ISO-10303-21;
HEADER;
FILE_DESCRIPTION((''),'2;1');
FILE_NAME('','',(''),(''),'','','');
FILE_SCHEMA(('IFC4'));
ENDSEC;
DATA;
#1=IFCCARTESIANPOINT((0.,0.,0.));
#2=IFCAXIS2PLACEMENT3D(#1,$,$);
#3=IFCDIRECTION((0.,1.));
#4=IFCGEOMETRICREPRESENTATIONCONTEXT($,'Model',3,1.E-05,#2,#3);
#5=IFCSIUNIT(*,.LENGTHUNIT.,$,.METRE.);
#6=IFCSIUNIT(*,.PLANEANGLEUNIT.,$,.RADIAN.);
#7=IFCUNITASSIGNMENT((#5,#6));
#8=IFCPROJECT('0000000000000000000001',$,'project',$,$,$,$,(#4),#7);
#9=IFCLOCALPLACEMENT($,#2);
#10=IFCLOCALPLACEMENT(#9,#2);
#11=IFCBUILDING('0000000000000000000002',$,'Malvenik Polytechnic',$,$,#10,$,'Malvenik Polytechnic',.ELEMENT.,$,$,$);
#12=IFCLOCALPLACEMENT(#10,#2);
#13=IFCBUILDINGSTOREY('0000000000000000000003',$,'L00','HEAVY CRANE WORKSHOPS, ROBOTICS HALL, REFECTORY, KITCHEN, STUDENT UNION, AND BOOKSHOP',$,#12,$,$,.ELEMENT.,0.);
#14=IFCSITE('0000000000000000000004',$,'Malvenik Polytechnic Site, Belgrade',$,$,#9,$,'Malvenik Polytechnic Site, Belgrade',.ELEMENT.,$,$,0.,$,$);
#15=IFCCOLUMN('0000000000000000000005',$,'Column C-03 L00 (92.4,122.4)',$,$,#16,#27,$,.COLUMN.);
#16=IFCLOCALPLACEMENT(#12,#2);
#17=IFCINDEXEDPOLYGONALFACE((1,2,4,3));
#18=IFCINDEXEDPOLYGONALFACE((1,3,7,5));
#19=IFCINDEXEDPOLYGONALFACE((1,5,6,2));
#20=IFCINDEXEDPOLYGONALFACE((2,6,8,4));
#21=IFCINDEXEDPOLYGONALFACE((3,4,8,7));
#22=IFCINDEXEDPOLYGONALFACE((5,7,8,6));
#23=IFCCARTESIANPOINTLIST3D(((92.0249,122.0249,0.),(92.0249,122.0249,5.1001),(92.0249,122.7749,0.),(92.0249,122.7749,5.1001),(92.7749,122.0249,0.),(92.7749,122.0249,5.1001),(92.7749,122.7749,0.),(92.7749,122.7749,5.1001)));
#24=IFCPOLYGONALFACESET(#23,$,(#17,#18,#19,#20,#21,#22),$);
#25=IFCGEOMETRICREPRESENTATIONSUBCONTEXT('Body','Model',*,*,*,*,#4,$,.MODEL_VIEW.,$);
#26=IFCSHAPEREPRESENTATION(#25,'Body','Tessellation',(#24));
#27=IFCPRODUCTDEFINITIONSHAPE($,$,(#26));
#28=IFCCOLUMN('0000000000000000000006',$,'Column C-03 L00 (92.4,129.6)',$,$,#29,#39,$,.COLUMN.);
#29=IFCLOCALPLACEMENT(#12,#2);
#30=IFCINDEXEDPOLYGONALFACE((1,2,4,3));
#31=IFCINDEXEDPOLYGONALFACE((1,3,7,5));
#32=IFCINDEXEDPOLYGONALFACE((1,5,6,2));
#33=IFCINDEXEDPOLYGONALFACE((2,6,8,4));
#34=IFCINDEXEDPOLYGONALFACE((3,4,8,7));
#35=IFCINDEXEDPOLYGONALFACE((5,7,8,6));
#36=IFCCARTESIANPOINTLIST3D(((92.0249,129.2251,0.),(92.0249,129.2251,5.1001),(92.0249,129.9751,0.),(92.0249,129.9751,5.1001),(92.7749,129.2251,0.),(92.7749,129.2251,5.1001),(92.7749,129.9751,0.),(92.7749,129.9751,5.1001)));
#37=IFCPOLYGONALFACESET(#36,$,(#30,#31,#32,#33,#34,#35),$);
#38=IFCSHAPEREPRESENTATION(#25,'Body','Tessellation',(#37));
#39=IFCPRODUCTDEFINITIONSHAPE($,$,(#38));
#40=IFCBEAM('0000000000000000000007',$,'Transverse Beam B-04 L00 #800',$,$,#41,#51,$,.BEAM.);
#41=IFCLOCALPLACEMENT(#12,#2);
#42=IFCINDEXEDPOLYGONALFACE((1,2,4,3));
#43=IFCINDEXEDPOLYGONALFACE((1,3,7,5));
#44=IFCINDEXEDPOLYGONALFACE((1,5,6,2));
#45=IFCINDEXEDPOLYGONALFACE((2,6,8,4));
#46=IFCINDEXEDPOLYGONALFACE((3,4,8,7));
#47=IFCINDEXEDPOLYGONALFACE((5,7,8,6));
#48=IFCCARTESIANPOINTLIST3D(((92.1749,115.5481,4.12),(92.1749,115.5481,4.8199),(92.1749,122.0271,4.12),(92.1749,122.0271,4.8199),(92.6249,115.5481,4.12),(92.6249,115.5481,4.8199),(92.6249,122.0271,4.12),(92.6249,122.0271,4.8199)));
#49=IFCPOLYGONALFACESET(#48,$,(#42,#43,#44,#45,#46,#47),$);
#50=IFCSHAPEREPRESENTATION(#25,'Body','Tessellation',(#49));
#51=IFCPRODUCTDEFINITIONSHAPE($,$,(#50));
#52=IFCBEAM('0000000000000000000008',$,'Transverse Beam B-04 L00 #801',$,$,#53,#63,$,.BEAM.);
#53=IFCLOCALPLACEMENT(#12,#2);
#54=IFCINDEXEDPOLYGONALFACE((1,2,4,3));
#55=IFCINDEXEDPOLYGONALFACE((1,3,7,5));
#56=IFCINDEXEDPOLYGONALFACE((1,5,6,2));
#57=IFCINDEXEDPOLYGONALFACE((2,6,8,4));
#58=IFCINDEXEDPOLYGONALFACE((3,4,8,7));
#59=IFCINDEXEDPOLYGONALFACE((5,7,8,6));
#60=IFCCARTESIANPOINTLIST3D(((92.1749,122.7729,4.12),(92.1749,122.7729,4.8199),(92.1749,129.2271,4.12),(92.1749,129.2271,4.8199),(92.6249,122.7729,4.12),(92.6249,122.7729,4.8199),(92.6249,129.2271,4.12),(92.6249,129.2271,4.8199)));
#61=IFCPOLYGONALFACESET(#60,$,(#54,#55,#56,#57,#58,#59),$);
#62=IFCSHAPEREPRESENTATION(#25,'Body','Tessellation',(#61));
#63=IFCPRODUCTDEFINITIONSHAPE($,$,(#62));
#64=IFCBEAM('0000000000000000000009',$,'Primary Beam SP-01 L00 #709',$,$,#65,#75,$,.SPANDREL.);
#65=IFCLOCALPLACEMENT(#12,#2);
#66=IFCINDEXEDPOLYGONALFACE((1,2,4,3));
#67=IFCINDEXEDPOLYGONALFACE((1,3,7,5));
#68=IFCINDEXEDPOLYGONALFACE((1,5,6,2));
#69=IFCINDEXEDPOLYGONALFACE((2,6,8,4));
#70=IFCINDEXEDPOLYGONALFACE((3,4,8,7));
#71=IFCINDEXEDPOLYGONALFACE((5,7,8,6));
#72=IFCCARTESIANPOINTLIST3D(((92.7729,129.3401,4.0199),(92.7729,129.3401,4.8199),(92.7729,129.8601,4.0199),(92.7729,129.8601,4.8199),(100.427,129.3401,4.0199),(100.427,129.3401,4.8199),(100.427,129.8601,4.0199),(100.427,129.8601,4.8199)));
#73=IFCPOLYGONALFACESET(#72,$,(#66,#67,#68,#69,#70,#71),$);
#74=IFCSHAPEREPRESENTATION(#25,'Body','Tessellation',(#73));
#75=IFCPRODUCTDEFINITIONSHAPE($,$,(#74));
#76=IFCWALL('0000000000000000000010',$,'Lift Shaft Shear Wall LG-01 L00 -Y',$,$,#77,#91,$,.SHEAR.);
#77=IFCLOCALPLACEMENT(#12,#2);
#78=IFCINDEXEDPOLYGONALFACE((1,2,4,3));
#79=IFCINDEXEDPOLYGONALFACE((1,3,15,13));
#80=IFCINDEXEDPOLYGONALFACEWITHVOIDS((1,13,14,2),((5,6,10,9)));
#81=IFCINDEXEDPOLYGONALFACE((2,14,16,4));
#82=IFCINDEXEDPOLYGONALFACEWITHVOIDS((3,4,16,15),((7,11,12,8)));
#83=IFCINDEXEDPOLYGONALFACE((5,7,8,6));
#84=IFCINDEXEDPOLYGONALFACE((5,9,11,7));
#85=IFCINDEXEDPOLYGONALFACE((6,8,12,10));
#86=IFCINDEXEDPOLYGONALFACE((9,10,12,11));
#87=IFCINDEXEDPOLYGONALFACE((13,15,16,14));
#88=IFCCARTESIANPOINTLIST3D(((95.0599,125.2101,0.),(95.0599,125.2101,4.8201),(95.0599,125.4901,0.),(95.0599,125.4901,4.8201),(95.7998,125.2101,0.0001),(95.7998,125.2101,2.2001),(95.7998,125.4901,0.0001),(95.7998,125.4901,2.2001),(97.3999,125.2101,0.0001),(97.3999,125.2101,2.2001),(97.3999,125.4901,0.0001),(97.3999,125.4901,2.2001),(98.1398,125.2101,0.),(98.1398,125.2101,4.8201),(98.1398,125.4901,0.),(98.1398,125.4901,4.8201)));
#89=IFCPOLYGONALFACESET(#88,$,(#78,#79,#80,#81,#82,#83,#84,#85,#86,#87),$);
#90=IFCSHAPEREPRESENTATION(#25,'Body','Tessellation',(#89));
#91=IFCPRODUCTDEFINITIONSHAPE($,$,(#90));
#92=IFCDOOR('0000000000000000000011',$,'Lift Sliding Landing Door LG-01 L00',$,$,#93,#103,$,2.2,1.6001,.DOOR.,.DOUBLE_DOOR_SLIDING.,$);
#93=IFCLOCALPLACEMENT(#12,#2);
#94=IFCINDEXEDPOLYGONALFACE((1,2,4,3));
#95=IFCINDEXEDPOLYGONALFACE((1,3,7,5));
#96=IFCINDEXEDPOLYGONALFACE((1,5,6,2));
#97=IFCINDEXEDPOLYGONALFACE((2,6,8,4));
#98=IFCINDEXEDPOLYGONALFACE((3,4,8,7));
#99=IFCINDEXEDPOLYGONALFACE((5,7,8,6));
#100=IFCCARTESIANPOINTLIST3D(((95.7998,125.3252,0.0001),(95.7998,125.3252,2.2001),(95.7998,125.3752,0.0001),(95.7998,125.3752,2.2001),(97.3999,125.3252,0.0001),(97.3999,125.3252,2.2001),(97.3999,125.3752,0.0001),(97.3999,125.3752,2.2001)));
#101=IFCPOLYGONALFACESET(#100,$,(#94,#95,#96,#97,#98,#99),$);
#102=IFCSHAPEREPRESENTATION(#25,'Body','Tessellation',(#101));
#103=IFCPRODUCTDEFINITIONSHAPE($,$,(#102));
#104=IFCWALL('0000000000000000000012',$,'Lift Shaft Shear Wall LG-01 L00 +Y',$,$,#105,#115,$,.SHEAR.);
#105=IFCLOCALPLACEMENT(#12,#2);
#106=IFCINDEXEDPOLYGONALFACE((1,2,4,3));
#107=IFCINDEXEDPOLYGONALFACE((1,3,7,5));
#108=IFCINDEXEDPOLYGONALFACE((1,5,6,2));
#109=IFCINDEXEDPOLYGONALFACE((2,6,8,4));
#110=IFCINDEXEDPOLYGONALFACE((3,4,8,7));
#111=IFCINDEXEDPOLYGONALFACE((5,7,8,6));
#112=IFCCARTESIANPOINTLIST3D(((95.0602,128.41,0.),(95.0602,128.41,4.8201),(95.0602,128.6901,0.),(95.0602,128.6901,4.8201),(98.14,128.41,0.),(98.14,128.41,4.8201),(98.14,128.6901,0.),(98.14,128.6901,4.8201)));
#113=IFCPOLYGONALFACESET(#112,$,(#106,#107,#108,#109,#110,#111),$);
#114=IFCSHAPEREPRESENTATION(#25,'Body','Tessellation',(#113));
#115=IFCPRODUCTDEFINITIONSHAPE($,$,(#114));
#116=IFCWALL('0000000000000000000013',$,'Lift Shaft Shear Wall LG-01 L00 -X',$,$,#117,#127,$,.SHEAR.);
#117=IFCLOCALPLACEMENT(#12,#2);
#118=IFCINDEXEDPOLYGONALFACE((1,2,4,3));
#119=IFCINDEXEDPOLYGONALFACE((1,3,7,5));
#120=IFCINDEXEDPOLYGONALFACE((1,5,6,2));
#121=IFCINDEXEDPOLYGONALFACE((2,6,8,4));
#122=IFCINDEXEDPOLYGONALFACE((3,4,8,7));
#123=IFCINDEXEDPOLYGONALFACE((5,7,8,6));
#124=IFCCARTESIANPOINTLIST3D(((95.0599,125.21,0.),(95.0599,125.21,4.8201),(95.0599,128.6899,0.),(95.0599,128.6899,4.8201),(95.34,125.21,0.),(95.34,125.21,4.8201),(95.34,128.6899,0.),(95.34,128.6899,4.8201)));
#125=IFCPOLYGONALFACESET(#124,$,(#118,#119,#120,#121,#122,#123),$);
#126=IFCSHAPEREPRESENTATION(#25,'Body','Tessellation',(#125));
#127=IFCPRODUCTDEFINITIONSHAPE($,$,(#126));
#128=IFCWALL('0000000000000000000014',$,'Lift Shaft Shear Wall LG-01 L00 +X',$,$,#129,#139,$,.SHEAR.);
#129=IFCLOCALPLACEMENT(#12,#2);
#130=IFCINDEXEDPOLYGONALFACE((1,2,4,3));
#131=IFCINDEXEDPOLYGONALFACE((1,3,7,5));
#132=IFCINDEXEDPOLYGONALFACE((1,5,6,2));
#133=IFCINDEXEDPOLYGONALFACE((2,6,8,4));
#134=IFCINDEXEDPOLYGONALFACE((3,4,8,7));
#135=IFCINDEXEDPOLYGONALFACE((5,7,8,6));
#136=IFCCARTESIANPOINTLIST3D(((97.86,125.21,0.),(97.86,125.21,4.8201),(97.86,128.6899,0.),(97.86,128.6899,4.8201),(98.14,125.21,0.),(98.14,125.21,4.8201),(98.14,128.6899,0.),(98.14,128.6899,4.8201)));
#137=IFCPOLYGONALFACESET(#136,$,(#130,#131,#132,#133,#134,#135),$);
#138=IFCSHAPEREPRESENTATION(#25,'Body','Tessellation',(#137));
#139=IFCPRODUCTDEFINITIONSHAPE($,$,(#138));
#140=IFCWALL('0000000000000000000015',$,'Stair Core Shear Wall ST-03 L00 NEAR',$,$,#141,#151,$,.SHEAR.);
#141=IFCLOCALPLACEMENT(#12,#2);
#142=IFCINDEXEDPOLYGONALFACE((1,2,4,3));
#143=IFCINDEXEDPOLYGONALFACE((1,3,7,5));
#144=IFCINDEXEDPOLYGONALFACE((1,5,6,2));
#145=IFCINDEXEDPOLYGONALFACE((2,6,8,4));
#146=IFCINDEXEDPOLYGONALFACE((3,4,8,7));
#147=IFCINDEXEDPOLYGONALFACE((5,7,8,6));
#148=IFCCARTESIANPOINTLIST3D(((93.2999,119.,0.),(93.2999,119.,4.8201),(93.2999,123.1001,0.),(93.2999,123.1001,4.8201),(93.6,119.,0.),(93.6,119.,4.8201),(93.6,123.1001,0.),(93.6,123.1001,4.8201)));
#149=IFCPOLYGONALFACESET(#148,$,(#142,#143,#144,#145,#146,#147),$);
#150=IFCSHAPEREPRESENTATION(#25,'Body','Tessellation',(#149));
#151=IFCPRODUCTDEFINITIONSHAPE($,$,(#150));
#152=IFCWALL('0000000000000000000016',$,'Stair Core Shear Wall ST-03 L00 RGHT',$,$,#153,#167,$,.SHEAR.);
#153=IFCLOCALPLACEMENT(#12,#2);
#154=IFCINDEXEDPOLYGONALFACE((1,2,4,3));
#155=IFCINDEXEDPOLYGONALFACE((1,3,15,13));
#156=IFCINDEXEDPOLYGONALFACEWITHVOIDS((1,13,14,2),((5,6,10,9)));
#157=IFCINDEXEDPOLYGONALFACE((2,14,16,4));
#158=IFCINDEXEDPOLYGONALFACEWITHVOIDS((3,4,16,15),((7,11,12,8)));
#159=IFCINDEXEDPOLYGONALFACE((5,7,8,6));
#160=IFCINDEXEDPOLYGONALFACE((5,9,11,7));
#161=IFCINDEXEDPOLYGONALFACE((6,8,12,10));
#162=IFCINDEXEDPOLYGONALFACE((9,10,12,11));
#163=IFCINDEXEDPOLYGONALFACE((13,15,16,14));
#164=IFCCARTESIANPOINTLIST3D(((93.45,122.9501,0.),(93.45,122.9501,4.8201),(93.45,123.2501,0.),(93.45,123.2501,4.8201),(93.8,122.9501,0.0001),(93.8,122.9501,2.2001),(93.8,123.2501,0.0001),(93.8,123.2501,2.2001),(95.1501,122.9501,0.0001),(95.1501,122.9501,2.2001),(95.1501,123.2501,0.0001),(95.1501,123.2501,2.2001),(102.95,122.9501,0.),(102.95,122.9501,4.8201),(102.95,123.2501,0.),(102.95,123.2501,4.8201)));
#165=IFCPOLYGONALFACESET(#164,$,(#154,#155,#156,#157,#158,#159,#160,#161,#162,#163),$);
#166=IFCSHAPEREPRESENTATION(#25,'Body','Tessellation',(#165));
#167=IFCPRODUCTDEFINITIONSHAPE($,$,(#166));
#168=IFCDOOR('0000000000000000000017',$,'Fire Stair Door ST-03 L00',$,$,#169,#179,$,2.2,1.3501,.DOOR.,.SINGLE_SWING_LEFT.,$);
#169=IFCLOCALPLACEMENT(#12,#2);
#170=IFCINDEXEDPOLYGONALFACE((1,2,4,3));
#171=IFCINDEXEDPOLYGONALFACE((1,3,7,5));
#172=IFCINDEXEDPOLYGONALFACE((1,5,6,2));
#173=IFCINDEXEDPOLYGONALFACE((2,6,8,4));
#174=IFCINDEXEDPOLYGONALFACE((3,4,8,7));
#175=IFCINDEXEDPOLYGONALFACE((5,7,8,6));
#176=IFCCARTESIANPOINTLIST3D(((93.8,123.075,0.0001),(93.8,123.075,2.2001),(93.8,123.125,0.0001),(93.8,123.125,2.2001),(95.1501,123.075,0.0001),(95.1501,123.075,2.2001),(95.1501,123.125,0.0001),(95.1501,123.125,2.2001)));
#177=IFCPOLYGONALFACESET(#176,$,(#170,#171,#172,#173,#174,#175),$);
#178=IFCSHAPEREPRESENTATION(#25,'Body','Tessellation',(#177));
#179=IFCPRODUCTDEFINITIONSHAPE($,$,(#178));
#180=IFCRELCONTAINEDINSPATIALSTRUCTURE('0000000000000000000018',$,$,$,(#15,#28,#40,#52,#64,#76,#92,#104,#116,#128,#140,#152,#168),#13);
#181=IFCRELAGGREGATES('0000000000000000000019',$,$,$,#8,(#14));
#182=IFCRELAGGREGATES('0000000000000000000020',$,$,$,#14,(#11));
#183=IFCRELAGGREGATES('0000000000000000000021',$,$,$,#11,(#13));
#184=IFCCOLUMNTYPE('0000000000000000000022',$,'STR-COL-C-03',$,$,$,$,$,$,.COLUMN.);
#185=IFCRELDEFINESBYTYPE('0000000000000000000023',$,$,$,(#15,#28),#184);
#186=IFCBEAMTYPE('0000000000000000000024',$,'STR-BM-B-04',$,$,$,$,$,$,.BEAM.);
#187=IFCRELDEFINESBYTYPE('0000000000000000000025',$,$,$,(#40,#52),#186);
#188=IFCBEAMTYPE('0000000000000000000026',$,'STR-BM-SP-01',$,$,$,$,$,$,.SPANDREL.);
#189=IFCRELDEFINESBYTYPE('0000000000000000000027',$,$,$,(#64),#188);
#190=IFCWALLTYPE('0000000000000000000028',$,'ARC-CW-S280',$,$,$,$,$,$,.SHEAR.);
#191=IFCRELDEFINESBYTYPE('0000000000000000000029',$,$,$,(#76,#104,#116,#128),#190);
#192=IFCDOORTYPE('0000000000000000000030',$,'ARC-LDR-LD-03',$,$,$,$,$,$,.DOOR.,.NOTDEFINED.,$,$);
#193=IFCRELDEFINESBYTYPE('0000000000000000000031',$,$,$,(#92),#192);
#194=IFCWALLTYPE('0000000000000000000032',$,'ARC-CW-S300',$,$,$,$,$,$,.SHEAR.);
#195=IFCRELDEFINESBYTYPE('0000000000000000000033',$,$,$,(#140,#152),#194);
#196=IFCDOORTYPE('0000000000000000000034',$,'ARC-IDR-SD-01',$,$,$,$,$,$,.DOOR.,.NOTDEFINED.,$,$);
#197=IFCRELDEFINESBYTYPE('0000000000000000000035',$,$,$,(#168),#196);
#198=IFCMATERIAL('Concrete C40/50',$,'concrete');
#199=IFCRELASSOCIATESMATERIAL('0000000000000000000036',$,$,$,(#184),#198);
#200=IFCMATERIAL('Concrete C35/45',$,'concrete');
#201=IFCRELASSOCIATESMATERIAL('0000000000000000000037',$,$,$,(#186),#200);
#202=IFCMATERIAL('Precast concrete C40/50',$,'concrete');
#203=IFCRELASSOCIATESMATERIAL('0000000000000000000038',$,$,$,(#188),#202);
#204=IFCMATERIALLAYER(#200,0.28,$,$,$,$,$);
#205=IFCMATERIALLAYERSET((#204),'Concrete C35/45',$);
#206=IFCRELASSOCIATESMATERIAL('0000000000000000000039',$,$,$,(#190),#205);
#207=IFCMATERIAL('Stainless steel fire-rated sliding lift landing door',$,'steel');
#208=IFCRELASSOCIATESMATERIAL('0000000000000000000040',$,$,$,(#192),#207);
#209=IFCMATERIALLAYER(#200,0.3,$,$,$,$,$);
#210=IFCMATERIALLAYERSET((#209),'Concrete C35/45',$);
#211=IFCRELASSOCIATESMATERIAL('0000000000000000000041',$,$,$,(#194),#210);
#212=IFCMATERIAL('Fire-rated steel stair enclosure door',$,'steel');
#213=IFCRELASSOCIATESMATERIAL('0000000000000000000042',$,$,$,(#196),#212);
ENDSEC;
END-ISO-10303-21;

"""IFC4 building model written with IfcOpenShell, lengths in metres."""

from ifc_helpers import new_model, si_unit, direction, frame, frame_2d, origin, origin_2d, place, context, subcontext, project, spatial, rectangle, extrude, material, layer, layer_set, material_profile, profile_set, type_object, element, fill, save


model = new_model("IFC4")

# Units and contexts
model_context = context("Model", 3, precision=1e-05, world=origin(), true_north=direction((0.0, 1.0)))
body_context = subcontext(model_context, "Body", "Model", "MODEL_VIEW")
ifc_project = project(units=[si_unit("LENGTHUNIT", "METRE"), si_unit("PLANEANGLEUNIT", "RADIAN")], contexts=[model_context])

# Site, building, storey
site_placement = place(None, origin())
site = spatial("IfcSite", under=ifc_project, at=site_placement, Name="Malvenik Polytechnic Site, Belgrade", LongName="Malvenik Polytechnic Site, Belgrade", CompositionType="ELEMENT", RefElevation=0.0)
building_placement = place(site_placement, origin())
building = spatial("IfcBuilding", under=site, at=building_placement, Name="Malvenik Polytechnic", LongName="Malvenik Polytechnic", CompositionType="ELEMENT")
storey_placement = place(building_placement, origin())
storey = spatial("IfcBuildingStorey", under=building, at=storey_placement, Name="L00", Description="HEAVY CRANE WORKSHOPS, ROBOTICS HALL, REFECTORY, KITCHEN, STUDENT UNION, AND BOOKSHOP", CompositionType="ELEMENT", Elevation=0.0)

# Columns
ifc_material_1 = material(Name="Concrete C40/50", Category="concrete")
ifc_material_profile_1 = material_profile(ifc_material_1, rectangle(XDim=0.75, YDim=0.75, at=origin_2d()), Name="RC COL 750x750")
ifc_profile_set_1 = profile_set([ifc_material_profile_1], Name="Concrete C40/50")
column_type = type_object("IfcColumnType", Name="STR-COL-C-03", PredefinedType="COLUMN", material=ifc_profile_set_1)
for number, where, z_axis, x_axis, name in (
    (1, (92.3999, 122.3999, 0.0), (0.0, 0.0, 1.0), (1.0, 0.0, 0.0), "Column C-03 L00 (92.4,122.4)"),
    (2, (92.3999, 129.6001, 0.0), (0.0, 0.0, 1.0), (1.0, 0.0, 0.0), "Column C-03 L00 (92.4,129.6)"),
):
    element("IfcColumn", number, at=place(storey_placement, frame(where, z_axis=z_axis, x_axis=x_axis)), inside=storey, type_object=column_type, Name=name, PredefinedType="COLUMN", context=body_context, shape_type="SweptSolid", body=[
        extrude(rectangle(XDim=0.75, YDim=0.75, at=origin_2d()), origin(), (0.0, 0.0, 1.0), 5.1001),
    ])

# Beams
ifc_material_2 = material(Name="Concrete C35/45", Category="concrete")
ifc_material_profile_2 = material_profile(ifc_material_2, rectangle(XDim=0.45, YDim=0.7, at=origin_2d()), Name="RC BM 450x700")
ifc_profile_set_2 = profile_set([ifc_material_profile_2], Name="Concrete C35/45")
beam_type_1 = type_object("IfcBeamType", Name="STR-BM-B-04", PredefinedType="BEAM", material=ifc_profile_set_2)
beam_1_placement = place(storey_placement, frame((92.3999, 115.5481, 4.47), z_axis=(0.0, 1.0, 0.0), x_axis=(-1.0, 0.0, 0.0)))
element("IfcBeam", 3, at=beam_1_placement, inside=storey, type_object=beam_type_1, Name="Transverse Beam B-04 L00 #800", PredefinedType="BEAM", context=body_context, shape_type="SweptSolid", body=[
    extrude(rectangle(XDim=0.45, YDim=0.7, at=origin_2d()), origin(), (0.0, 0.0, 1.0), 6.479),
])
beam_2_placement = place(storey_placement, frame((92.3999, 122.7729, 4.47), z_axis=(0.0, 1.0, 0.0), x_axis=(-1.0, 0.0, 0.0)))
element("IfcBeam", 4, at=beam_2_placement, inside=storey, type_object=beam_type_1, Name="Transverse Beam B-04 L00 #801", PredefinedType="BEAM", context=body_context, shape_type="SweptSolid", body=[
    extrude(rectangle(XDim=0.45, YDim=0.7, at=origin_2d()), origin(), (0.0, 0.0, 1.0), 6.4541),
])
ifc_material_3 = material(Name="Precast concrete C40/50", Category="concrete")
ifc_material_profile_3 = material_profile(ifc_material_3, rectangle(XDim=0.52, YDim=0.8, at=origin_2d()), Name="PC SPN 520x800")
ifc_profile_set_3 = profile_set([ifc_material_profile_3], Name="Precast concrete C40/50")
beam_type_2 = type_object("IfcBeamType", Name="STR-BM-SP-01", PredefinedType="SPANDREL", material=ifc_profile_set_3)
beam_3_placement = place(storey_placement, frame((92.7729, 129.6001, 4.4199), z_axis=(1.0, 0.0, 0.0), x_axis=(0.0, 1.0, 0.0)))
element("IfcBeam", 5, at=beam_3_placement, inside=storey, type_object=beam_type_2, Name="Primary Beam SP-01 L00 #709", PredefinedType="SPANDREL", context=body_context, shape_type="SweptSolid", body=[
    extrude(rectangle(XDim=0.52, YDim=0.8, at=origin_2d()), origin(), (0.0, 0.0, 1.0), 7.6541),
])

# Wall, opening, door
ifc_layer_1 = layer(ifc_material_2, 0.28)
ifc_layer_set_1 = layer_set([ifc_layer_1], Name="Concrete C35/45")
wall_type_1 = type_object("IfcWallType", Name="ARC-CW-S280", PredefinedType="SHEAR", material=ifc_layer_set_1)
wall_1_placement = place(storey_placement, frame((98.1399, 125.3501, 0.0), z_axis=(0.0, 0.0, 1.0), x_axis=(-1.0, 0.0, 0.0)))
wall_1 = element("IfcWall", 6, at=wall_1_placement, inside=storey, type_object=wall_type_1, Name="Lift Shaft Shear Wall LG-01 L00 -Y", PredefinedType="SHEAR", context=body_context, shape_type="SweptSolid", body=[
    extrude(rectangle(XDim=3.0798, YDim=0.28, at=frame_2d((1.54, 0.0))), origin(), (0.0, 0.0, 1.0), 4.8201),
])
opening_1_placement = place(wall_1_placement, frame((0.74, 0.0, 0.0)))
opening_1 = element("IfcOpeningElement", 7, at=opening_1_placement, cuts=wall_1, PredefinedType="OPENING", context=body_context, shape_type="SweptSolid", body=[
    extrude(rectangle(XDim=1.6001, YDim=2.2, at=frame_2d((0.8, 1.1001))), frame((0.0, 0.1499, 0.0), z_axis=(0.0, -1.0, 0.0), x_axis=(1.0, 0.0, 0.0)), (0.0, 0.0, 1.0), 0.3),
])
ifc_material_4 = material(Name="Stainless steel fire-rated sliding lift landing door", Category="steel")
door_type_1 = type_object("IfcDoorType", Name="ARC-LDR-LD-03", OperationType="NOTDEFINED", PredefinedType="DOOR", material=ifc_material_4)
door_1_placement = place(opening_1_placement, origin())
door_1 = element("IfcDoor", 8, at=door_1_placement, inside=storey, type_object=door_type_1, Name="Lift Sliding Landing Door LG-01 L00", OperationType="DOUBLE_DOOR_SLIDING", OverallHeight=2.2, OverallWidth=1.6001, PredefinedType="DOOR", context=body_context, shape_type="SweptSolid", body=[
    extrude(rectangle(XDim=1.6001, YDim=2.2, at=frame_2d((0.8, 1.1001))), frame((0.0, 0.0249, 0.0), z_axis=(0.0, -1.0, 0.0), x_axis=(1.0, 0.0, 0.0)), (0.0, 0.0, 1.0), 0.05),
])
fill(opening_1, door_1)

# Walls
wall_2_placement = place(storey_placement, frame((95.0601, 128.55, 0.0), z_axis=(0.0, 0.0, 1.0), x_axis=(1.0, 0.0, 0.0)))
element("IfcWall", 9, at=wall_2_placement, inside=storey, type_object=wall_type_1, Name="Lift Shaft Shear Wall LG-01 L00 +Y", PredefinedType="SHEAR", context=body_context, shape_type="SweptSolid", body=[
    extrude(rectangle(XDim=3.0798, YDim=0.28, at=frame_2d((1.54, 0.0))), origin(), (0.0, 0.0, 1.0), 4.8201),
])
for number, where, z_axis, x_axis, name in (
    (10, (95.2, 125.21, 0.0), (0.0, 0.0, 1.0), (0.0, 1.0, 0.0), "Lift Shaft Shear Wall LG-01 L00 -X"),
    (11, (98.0, 128.6899, 0.0), (0.0, 0.0, 1.0), (0.0, -1.0, 0.0), "Lift Shaft Shear Wall LG-01 L00 +X"),
):
    element("IfcWall", number, at=place(storey_placement, frame(where, z_axis=z_axis, x_axis=x_axis)), inside=storey, type_object=wall_type_1, Name=name, PredefinedType="SHEAR", context=body_context, shape_type="SweptSolid", body=[
        extrude(rectangle(XDim=3.48, YDim=0.28, at=frame_2d((1.74, 0.0))), origin(), (0.0, 0.0, 1.0), 4.8201),
    ])
ifc_layer_2 = layer(ifc_material_2, 0.3)
ifc_layer_set_2 = layer_set([ifc_layer_2], Name="Concrete C35/45")
wall_type_2 = type_object("IfcWallType", Name="ARC-CW-S300", PredefinedType="SHEAR", material=ifc_layer_set_2)
wall_3_placement = place(storey_placement, frame((93.45, 119.0, 0.0), z_axis=(0.0, 0.0, 1.0), x_axis=(0.0, 1.0, 0.0)))
element("IfcWall", 12, at=wall_3_placement, inside=storey, type_object=wall_type_2, Name="Stair Core Shear Wall ST-03 L00 NEAR", PredefinedType="SHEAR", context=body_context, shape_type="SweptSolid", body=[
    extrude(rectangle(XDim=4.1001, YDim=0.3, at=frame_2d((2.05, 0.0))), origin(), (0.0, 0.0, 1.0), 4.8201),
])

# Wall, opening, door
wall_4_placement = place(storey_placement, frame((93.45, 123.1001, 0.0), z_axis=(0.0, 0.0, 1.0), x_axis=(1.0, 0.0, 0.0)))
wall_4 = element("IfcWall", 13, at=wall_4_placement, inside=storey, type_object=wall_type_2, Name="Stair Core Shear Wall ST-03 L00 RGHT", PredefinedType="SHEAR", context=body_context, shape_type="SweptSolid", body=[
    extrude(rectangle(XDim=9.5, YDim=0.3, at=frame_2d((4.75, 0.0))), origin(), (0.0, 0.0, 1.0), 4.8201),
])
opening_2_placement = place(wall_4_placement, frame((0.3501, 0.0, 0.0)))
opening_2 = element("IfcOpeningElement", 14, at=opening_2_placement, cuts=wall_4, PredefinedType="OPENING", context=body_context, shape_type="SweptSolid", body=[
    extrude(rectangle(XDim=1.3501, YDim=2.2, at=frame_2d((0.675, 1.1001))), frame((0.0, 0.1602, 0.0), z_axis=(0.0, -1.0, 0.0), x_axis=(1.0, 0.0, 0.0)), (0.0, 0.0, 1.0), 0.3201),
])
ifc_material_5 = material(Name="Fire-rated steel stair enclosure door", Category="steel")
door_type_2 = type_object("IfcDoorType", Name="ARC-IDR-SD-01", OperationType="NOTDEFINED", PredefinedType="DOOR", material=ifc_material_5)
door_2_placement = place(opening_2_placement, origin())
door_2 = element("IfcDoor", 15, at=door_2_placement, inside=storey, type_object=door_type_2, Name="Fire Stair Door ST-03 L00", OperationType="SINGLE_SWING_LEFT", OverallHeight=2.2, OverallWidth=1.3501, PredefinedType="DOOR", context=body_context, shape_type="SweptSolid", body=[
    extrude(rectangle(XDim=1.3501, YDim=2.2, at=frame_2d((0.675, 1.1001))), frame((0.0, 0.0249, 0.0), z_axis=(0.0, -1.0, 0.0), x_axis=(1.0, 0.0, 0.0)), (0.0, 0.0, 1.0), 0.05),
])
fill(opening_2, door_2)

save(model, "model.ifc")
